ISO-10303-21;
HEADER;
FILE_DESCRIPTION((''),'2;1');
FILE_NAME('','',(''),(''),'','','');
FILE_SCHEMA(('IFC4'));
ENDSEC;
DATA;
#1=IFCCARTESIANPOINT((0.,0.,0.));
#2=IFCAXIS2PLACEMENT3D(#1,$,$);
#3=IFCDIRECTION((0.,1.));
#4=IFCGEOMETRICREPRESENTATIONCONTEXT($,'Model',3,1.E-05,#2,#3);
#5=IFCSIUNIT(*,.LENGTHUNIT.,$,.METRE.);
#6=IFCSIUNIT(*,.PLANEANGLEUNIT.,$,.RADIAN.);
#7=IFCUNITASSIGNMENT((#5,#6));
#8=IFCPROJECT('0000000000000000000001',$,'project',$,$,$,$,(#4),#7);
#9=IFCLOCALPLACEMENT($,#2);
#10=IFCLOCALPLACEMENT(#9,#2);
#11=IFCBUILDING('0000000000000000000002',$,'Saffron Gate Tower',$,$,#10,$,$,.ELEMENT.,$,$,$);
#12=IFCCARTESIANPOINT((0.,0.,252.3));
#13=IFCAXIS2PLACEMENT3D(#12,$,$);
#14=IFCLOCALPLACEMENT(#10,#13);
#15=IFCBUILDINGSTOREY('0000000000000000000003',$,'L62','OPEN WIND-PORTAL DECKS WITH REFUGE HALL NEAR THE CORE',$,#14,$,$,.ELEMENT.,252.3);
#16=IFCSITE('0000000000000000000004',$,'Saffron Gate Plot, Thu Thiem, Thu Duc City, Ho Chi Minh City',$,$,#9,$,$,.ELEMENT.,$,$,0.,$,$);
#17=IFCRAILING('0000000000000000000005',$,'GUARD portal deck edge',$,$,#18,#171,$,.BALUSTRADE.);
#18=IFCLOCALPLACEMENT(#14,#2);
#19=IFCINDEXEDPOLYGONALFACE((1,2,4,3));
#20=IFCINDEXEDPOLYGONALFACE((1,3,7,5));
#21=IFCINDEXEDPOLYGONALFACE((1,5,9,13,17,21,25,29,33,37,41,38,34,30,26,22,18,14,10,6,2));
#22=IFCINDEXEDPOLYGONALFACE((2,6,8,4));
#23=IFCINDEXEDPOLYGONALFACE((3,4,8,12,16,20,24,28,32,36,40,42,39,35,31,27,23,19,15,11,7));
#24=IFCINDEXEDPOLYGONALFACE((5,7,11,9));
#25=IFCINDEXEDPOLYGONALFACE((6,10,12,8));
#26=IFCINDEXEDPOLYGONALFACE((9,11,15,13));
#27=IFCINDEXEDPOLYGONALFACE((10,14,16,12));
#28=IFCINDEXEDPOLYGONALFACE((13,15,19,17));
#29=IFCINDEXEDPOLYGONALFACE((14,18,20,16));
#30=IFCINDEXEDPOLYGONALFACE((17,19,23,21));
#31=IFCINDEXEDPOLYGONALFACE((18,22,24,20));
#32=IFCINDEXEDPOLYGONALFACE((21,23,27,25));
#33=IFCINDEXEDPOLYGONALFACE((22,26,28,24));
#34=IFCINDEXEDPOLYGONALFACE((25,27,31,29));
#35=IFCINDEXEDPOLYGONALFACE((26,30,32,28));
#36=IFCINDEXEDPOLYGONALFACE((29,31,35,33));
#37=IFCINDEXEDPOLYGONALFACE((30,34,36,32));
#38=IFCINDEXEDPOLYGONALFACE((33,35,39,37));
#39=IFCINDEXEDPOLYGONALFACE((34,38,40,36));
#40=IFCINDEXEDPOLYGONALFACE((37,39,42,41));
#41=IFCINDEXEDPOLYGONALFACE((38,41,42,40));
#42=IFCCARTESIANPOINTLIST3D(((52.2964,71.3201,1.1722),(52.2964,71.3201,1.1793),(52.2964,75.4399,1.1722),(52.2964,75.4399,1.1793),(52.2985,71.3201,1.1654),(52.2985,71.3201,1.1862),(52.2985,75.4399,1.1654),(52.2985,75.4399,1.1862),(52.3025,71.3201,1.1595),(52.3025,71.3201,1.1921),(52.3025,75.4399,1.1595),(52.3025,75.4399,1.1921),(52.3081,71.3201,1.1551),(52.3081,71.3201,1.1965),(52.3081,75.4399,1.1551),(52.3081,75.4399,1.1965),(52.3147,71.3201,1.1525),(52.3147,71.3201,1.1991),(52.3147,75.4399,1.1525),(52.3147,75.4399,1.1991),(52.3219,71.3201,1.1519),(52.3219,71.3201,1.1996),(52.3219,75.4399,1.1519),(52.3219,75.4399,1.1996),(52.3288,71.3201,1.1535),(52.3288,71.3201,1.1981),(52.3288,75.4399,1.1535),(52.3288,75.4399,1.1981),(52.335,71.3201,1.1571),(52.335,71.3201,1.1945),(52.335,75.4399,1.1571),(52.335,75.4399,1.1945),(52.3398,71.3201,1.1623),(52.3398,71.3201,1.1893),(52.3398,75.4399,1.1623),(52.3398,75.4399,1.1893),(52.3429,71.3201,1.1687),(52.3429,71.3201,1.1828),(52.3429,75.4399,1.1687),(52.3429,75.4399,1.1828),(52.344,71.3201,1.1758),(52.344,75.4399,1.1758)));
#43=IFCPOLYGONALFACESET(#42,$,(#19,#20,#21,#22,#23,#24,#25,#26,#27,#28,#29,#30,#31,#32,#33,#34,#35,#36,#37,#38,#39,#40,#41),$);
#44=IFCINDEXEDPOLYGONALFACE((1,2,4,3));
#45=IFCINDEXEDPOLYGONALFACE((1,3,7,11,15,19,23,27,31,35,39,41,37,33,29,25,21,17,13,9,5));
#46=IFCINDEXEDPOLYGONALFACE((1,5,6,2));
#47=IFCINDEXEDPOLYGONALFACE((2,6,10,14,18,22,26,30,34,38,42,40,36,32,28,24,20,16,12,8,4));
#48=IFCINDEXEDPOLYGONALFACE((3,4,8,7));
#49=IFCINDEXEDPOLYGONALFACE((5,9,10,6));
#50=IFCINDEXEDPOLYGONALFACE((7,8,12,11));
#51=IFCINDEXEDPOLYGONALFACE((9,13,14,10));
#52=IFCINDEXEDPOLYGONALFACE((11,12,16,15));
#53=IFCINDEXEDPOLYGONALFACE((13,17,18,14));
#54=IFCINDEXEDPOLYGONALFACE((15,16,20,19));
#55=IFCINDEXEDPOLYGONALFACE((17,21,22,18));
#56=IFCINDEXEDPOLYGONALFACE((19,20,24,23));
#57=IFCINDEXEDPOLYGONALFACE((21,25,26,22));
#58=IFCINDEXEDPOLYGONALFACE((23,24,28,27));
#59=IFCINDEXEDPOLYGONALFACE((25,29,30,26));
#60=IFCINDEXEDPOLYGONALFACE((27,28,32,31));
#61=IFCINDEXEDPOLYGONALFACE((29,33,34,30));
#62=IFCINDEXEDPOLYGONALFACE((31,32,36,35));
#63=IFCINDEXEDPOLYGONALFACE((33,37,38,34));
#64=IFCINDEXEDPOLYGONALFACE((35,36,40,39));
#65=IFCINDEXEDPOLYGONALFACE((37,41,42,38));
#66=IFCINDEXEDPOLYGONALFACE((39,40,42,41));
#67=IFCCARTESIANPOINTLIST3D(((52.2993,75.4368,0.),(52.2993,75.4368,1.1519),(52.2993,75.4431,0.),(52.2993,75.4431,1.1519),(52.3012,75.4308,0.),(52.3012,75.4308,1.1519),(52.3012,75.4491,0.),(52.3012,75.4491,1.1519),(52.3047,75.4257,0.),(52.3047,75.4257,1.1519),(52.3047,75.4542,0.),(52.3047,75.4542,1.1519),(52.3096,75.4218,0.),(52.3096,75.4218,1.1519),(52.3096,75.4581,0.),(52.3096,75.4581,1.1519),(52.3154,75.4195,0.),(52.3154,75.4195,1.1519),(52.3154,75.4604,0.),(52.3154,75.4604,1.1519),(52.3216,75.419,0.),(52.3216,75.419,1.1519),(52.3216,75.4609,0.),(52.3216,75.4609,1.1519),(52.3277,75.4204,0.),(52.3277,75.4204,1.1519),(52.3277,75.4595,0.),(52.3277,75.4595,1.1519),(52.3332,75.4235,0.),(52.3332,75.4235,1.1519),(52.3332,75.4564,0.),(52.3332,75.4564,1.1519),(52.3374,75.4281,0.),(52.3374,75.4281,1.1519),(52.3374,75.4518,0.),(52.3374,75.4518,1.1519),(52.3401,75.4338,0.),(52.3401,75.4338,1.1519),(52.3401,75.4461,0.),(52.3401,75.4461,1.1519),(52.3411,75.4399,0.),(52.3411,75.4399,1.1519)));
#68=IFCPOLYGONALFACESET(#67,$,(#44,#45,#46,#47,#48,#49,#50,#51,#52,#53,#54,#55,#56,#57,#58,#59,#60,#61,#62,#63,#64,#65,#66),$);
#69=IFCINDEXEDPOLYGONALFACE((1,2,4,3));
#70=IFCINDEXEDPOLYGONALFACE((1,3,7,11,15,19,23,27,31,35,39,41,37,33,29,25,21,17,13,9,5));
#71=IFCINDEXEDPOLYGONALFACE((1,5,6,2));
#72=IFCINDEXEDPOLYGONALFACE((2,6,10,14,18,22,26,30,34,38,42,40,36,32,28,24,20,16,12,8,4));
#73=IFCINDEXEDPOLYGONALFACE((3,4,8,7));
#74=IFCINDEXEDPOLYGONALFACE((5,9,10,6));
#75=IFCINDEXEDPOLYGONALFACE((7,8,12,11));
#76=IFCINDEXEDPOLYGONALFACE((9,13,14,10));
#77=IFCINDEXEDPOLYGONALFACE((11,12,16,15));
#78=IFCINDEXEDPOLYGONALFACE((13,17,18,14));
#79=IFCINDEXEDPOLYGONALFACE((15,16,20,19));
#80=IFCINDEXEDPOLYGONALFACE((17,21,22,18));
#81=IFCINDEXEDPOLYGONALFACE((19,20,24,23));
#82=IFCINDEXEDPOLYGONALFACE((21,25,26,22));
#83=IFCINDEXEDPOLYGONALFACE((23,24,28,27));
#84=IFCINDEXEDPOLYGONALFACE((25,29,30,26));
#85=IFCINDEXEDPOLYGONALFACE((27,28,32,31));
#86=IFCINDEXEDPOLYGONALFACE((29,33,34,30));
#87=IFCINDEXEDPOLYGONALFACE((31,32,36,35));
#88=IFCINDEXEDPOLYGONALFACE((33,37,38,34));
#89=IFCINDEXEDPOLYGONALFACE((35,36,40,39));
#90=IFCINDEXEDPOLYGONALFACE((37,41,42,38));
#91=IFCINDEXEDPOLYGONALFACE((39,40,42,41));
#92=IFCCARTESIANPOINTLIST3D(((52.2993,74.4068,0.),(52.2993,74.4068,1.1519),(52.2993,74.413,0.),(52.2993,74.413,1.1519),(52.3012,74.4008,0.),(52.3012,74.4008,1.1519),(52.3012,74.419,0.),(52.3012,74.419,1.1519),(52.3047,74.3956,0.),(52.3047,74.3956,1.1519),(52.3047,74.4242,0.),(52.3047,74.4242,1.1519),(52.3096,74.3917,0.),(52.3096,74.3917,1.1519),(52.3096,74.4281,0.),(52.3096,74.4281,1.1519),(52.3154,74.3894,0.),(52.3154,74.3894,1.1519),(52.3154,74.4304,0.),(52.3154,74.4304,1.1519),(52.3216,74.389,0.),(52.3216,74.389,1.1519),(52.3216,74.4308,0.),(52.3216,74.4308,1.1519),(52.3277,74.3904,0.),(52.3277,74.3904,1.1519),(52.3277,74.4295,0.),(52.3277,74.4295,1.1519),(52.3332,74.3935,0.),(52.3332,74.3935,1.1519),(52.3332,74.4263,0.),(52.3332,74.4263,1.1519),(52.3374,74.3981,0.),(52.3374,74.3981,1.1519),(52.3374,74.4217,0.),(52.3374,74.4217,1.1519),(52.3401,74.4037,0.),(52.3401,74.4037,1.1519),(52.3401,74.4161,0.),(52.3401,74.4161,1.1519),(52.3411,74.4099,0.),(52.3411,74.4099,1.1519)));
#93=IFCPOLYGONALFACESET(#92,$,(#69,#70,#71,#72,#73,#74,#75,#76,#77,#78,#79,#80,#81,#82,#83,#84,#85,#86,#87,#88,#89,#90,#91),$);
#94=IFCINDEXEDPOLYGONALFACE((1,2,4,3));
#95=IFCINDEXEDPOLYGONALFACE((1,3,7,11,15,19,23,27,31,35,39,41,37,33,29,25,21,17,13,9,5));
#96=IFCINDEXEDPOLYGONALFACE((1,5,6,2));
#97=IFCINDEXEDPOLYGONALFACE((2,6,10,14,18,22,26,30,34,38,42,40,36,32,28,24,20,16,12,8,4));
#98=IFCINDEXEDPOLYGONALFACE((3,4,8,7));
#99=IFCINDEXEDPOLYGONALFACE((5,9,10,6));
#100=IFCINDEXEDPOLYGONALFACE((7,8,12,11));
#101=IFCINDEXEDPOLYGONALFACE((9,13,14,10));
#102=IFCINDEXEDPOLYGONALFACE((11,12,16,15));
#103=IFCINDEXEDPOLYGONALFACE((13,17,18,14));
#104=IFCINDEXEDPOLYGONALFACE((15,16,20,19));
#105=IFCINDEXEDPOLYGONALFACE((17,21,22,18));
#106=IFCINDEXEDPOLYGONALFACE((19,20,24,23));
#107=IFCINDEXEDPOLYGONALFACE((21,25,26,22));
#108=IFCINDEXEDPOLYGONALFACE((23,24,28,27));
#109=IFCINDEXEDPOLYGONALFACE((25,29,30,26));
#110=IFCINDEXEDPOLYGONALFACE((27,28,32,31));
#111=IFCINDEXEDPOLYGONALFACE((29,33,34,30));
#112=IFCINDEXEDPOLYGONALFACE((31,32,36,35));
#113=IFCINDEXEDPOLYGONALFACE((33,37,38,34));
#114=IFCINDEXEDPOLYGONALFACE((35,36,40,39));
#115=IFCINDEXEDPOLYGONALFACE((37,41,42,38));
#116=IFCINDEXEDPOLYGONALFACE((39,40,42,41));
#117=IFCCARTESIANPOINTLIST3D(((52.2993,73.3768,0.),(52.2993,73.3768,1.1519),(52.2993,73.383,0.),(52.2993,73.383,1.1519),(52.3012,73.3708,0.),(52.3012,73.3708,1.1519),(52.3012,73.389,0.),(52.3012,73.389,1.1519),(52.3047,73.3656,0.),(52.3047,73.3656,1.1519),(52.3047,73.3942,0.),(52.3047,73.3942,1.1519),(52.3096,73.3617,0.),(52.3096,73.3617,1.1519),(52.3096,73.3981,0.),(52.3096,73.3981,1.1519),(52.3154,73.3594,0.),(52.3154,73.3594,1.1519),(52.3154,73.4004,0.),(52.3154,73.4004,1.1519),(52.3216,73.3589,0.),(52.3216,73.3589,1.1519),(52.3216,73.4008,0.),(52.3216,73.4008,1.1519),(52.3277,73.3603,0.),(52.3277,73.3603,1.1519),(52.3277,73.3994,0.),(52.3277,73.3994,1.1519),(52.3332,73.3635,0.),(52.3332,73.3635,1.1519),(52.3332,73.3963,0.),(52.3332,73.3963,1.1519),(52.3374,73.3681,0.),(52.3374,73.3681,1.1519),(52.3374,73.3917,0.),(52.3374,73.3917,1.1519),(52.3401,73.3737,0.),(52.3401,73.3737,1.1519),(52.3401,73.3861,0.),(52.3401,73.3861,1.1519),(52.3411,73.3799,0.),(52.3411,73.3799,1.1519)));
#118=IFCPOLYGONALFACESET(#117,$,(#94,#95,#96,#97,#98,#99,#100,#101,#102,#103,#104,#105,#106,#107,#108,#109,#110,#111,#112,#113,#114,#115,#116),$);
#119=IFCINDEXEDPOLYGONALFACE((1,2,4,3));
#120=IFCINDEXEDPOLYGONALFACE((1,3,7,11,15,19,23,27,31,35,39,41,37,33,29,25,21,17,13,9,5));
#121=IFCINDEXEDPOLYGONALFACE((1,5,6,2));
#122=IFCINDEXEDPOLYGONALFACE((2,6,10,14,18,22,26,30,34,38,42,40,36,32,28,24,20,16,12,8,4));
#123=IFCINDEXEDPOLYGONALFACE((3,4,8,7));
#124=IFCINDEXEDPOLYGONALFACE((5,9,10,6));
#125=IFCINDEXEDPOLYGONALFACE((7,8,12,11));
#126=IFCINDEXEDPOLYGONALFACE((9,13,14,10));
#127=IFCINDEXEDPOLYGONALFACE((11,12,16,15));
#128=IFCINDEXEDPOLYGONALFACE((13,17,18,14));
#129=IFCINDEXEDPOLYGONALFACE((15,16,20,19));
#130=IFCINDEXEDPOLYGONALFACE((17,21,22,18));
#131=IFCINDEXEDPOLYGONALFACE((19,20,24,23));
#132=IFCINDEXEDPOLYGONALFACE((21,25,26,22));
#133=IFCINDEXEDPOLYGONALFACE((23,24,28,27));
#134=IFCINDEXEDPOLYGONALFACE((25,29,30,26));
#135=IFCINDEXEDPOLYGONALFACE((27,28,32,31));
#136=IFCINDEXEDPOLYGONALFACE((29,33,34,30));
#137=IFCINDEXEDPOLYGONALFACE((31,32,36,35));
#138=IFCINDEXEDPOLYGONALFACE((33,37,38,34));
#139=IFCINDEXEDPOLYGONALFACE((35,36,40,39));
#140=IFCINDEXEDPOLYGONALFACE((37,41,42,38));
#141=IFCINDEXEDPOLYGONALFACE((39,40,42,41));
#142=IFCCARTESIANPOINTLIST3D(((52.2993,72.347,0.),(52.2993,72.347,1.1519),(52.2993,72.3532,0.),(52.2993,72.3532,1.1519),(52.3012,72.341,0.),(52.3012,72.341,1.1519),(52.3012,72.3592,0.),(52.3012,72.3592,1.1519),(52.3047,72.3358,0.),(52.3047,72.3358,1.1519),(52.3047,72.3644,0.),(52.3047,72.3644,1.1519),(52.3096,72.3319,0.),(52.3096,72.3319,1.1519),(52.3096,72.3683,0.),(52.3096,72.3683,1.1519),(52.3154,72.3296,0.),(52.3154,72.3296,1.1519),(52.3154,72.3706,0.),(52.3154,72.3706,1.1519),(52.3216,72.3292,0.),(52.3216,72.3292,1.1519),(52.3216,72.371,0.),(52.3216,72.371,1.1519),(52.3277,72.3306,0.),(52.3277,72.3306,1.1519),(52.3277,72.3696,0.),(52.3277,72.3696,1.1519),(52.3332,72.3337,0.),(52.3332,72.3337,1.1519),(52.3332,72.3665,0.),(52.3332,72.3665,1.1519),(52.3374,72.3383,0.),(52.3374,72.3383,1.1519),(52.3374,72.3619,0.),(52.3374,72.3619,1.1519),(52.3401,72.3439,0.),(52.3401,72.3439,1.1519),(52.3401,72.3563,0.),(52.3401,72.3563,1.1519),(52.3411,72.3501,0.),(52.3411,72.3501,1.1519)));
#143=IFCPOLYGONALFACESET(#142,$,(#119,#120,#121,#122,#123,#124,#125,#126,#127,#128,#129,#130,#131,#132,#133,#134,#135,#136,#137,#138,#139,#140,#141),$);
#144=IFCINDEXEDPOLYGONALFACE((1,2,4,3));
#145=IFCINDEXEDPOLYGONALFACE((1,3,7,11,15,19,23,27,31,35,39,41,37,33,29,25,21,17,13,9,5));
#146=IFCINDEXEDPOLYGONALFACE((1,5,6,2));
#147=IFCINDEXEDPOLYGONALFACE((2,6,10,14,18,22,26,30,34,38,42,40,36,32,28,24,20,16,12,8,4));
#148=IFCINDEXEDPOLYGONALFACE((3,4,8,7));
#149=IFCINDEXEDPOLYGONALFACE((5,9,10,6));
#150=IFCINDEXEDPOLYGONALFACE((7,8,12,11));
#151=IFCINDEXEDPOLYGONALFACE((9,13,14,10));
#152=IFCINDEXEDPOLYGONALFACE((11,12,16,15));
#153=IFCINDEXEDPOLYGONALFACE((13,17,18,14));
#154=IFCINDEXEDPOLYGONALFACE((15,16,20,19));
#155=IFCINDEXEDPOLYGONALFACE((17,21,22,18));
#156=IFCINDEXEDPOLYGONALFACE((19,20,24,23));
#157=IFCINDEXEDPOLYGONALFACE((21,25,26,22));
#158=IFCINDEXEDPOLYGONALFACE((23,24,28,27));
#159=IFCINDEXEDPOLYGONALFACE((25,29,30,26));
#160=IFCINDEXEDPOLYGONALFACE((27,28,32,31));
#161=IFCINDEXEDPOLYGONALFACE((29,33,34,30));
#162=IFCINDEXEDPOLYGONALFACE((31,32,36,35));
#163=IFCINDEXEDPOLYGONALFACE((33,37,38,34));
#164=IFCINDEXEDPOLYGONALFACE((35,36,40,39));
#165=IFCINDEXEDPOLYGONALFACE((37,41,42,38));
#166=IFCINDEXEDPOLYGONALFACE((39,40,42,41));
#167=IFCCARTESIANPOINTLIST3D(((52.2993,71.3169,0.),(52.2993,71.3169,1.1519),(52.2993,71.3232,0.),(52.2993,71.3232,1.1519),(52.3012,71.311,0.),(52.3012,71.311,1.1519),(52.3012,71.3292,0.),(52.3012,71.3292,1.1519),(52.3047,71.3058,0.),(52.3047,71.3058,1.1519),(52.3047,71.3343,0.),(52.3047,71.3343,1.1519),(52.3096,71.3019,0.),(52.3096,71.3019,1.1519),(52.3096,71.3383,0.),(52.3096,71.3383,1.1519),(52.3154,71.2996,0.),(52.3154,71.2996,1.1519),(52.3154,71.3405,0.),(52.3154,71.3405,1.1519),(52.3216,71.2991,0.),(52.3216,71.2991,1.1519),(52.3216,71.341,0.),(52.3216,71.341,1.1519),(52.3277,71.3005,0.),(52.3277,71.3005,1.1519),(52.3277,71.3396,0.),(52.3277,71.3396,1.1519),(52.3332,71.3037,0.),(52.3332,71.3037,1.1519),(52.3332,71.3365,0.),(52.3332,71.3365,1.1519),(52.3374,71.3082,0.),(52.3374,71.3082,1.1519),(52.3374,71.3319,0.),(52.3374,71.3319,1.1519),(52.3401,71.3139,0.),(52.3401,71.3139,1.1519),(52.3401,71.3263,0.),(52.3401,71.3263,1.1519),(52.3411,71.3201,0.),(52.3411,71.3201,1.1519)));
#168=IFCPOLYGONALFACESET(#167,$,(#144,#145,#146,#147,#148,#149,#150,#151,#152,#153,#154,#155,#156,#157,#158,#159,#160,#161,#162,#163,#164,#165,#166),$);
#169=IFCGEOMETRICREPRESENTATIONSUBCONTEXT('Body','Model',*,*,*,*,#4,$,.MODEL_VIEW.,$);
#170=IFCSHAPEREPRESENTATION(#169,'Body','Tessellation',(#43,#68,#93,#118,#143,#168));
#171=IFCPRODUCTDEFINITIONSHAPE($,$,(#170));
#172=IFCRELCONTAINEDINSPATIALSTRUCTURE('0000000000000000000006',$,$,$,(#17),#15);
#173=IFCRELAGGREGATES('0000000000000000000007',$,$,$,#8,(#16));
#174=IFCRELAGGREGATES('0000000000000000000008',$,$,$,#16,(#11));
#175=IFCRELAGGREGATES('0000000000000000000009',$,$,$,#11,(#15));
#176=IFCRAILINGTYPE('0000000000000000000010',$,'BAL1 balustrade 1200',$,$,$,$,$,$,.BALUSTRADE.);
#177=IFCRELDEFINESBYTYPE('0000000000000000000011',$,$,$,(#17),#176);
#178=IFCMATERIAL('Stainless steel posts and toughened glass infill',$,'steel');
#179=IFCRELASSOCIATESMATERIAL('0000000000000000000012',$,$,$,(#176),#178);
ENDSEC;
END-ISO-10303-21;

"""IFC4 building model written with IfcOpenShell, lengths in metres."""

from ifc_helpers import new_model, si_unit, direction, frame, origin, origin_2d, place, context, subcontext, project, spatial, circle, extrude, material, type_object, element, save


model = new_model("IFC4")

# Units and contexts
model_context = context("Model", 3, precision=1e-05, world=origin(), true_north=direction((0.0, 1.0)))
body_context = subcontext(model_context, "Body", "Model", "MODEL_VIEW")
ifc_project = project(units=[si_unit("LENGTHUNIT", "METRE"), si_unit("PLANEANGLEUNIT", "RADIAN")], contexts=[model_context])

# Site, building, storey
site_placement = place(None, origin())
site = spatial("IfcSite", under=ifc_project, at=site_placement, Name="Saffron Gate Plot, Thu Thiem, Thu Duc City, Ho Chi Minh City", CompositionType="ELEMENT", RefElevation=0.0)
building_placement = place(site_placement, origin())
building = spatial("IfcBuilding", under=site, at=building_placement, Name="Saffron Gate Tower", CompositionType="ELEMENT")
storey_placement = place(building_placement, frame((0.0, 0.0, 252.3)))
storey = spatial("IfcBuildingStorey", under=building, at=storey_placement, Name="L62", Description="OPEN WIND-PORTAL DECKS WITH REFUGE HALL NEAR THE CORE", CompositionType="ELEMENT", Elevation=252.3)

# Railing
ifc_material_1 = material(Name="Stainless steel posts and toughened glass infill", Category="steel")
railing_type = type_object("IfcRailingType", Name="BAL1 balustrade 1200", PredefinedType="BALUSTRADE", material=ifc_material_1)
railing_1_placement = place(storey_placement, frame((52.3201, 75.4399, 0.0)))
element("IfcRailing", 1, at=railing_1_placement, inside=storey, type_object=railing_type, Name="GUARD portal deck edge", PredefinedType="BALUSTRADE", context=body_context, shape_type="SweptSolid", body=[
    extrude(circle(Radius=0.0239, at=origin_2d()), frame((0.0, 0.0, 1.1758), z_axis=(0.0, -1.0, 0.0), x_axis=(1.0, 0.0, 0.0)), (0.0, 0.0, 1.0), 4.1199),
    extrude(circle(Radius=0.021, at=origin_2d()), origin(), (0.0, 0.0, 1.0), 1.1519),
    extrude(circle(Radius=0.021, at=origin_2d()), frame((0.0, -1.03, 0.0)), (0.0, 0.0, 1.0), 1.1519),
    extrude(circle(Radius=0.021, at=origin_2d()), frame((0.0, -2.0601, 0.0)), (0.0, 0.0, 1.0), 1.1519),
    extrude(circle(Radius=0.021, at=origin_2d()), frame((0.0, -3.0898, 0.0)), (0.0, 0.0, 1.0), 1.1519),
    extrude(circle(Radius=0.021, at=origin_2d()), frame((0.0, -4.1199, 0.0)), (0.0, 0.0, 1.0), 1.1519),
])

save(model, "model.ifc")
